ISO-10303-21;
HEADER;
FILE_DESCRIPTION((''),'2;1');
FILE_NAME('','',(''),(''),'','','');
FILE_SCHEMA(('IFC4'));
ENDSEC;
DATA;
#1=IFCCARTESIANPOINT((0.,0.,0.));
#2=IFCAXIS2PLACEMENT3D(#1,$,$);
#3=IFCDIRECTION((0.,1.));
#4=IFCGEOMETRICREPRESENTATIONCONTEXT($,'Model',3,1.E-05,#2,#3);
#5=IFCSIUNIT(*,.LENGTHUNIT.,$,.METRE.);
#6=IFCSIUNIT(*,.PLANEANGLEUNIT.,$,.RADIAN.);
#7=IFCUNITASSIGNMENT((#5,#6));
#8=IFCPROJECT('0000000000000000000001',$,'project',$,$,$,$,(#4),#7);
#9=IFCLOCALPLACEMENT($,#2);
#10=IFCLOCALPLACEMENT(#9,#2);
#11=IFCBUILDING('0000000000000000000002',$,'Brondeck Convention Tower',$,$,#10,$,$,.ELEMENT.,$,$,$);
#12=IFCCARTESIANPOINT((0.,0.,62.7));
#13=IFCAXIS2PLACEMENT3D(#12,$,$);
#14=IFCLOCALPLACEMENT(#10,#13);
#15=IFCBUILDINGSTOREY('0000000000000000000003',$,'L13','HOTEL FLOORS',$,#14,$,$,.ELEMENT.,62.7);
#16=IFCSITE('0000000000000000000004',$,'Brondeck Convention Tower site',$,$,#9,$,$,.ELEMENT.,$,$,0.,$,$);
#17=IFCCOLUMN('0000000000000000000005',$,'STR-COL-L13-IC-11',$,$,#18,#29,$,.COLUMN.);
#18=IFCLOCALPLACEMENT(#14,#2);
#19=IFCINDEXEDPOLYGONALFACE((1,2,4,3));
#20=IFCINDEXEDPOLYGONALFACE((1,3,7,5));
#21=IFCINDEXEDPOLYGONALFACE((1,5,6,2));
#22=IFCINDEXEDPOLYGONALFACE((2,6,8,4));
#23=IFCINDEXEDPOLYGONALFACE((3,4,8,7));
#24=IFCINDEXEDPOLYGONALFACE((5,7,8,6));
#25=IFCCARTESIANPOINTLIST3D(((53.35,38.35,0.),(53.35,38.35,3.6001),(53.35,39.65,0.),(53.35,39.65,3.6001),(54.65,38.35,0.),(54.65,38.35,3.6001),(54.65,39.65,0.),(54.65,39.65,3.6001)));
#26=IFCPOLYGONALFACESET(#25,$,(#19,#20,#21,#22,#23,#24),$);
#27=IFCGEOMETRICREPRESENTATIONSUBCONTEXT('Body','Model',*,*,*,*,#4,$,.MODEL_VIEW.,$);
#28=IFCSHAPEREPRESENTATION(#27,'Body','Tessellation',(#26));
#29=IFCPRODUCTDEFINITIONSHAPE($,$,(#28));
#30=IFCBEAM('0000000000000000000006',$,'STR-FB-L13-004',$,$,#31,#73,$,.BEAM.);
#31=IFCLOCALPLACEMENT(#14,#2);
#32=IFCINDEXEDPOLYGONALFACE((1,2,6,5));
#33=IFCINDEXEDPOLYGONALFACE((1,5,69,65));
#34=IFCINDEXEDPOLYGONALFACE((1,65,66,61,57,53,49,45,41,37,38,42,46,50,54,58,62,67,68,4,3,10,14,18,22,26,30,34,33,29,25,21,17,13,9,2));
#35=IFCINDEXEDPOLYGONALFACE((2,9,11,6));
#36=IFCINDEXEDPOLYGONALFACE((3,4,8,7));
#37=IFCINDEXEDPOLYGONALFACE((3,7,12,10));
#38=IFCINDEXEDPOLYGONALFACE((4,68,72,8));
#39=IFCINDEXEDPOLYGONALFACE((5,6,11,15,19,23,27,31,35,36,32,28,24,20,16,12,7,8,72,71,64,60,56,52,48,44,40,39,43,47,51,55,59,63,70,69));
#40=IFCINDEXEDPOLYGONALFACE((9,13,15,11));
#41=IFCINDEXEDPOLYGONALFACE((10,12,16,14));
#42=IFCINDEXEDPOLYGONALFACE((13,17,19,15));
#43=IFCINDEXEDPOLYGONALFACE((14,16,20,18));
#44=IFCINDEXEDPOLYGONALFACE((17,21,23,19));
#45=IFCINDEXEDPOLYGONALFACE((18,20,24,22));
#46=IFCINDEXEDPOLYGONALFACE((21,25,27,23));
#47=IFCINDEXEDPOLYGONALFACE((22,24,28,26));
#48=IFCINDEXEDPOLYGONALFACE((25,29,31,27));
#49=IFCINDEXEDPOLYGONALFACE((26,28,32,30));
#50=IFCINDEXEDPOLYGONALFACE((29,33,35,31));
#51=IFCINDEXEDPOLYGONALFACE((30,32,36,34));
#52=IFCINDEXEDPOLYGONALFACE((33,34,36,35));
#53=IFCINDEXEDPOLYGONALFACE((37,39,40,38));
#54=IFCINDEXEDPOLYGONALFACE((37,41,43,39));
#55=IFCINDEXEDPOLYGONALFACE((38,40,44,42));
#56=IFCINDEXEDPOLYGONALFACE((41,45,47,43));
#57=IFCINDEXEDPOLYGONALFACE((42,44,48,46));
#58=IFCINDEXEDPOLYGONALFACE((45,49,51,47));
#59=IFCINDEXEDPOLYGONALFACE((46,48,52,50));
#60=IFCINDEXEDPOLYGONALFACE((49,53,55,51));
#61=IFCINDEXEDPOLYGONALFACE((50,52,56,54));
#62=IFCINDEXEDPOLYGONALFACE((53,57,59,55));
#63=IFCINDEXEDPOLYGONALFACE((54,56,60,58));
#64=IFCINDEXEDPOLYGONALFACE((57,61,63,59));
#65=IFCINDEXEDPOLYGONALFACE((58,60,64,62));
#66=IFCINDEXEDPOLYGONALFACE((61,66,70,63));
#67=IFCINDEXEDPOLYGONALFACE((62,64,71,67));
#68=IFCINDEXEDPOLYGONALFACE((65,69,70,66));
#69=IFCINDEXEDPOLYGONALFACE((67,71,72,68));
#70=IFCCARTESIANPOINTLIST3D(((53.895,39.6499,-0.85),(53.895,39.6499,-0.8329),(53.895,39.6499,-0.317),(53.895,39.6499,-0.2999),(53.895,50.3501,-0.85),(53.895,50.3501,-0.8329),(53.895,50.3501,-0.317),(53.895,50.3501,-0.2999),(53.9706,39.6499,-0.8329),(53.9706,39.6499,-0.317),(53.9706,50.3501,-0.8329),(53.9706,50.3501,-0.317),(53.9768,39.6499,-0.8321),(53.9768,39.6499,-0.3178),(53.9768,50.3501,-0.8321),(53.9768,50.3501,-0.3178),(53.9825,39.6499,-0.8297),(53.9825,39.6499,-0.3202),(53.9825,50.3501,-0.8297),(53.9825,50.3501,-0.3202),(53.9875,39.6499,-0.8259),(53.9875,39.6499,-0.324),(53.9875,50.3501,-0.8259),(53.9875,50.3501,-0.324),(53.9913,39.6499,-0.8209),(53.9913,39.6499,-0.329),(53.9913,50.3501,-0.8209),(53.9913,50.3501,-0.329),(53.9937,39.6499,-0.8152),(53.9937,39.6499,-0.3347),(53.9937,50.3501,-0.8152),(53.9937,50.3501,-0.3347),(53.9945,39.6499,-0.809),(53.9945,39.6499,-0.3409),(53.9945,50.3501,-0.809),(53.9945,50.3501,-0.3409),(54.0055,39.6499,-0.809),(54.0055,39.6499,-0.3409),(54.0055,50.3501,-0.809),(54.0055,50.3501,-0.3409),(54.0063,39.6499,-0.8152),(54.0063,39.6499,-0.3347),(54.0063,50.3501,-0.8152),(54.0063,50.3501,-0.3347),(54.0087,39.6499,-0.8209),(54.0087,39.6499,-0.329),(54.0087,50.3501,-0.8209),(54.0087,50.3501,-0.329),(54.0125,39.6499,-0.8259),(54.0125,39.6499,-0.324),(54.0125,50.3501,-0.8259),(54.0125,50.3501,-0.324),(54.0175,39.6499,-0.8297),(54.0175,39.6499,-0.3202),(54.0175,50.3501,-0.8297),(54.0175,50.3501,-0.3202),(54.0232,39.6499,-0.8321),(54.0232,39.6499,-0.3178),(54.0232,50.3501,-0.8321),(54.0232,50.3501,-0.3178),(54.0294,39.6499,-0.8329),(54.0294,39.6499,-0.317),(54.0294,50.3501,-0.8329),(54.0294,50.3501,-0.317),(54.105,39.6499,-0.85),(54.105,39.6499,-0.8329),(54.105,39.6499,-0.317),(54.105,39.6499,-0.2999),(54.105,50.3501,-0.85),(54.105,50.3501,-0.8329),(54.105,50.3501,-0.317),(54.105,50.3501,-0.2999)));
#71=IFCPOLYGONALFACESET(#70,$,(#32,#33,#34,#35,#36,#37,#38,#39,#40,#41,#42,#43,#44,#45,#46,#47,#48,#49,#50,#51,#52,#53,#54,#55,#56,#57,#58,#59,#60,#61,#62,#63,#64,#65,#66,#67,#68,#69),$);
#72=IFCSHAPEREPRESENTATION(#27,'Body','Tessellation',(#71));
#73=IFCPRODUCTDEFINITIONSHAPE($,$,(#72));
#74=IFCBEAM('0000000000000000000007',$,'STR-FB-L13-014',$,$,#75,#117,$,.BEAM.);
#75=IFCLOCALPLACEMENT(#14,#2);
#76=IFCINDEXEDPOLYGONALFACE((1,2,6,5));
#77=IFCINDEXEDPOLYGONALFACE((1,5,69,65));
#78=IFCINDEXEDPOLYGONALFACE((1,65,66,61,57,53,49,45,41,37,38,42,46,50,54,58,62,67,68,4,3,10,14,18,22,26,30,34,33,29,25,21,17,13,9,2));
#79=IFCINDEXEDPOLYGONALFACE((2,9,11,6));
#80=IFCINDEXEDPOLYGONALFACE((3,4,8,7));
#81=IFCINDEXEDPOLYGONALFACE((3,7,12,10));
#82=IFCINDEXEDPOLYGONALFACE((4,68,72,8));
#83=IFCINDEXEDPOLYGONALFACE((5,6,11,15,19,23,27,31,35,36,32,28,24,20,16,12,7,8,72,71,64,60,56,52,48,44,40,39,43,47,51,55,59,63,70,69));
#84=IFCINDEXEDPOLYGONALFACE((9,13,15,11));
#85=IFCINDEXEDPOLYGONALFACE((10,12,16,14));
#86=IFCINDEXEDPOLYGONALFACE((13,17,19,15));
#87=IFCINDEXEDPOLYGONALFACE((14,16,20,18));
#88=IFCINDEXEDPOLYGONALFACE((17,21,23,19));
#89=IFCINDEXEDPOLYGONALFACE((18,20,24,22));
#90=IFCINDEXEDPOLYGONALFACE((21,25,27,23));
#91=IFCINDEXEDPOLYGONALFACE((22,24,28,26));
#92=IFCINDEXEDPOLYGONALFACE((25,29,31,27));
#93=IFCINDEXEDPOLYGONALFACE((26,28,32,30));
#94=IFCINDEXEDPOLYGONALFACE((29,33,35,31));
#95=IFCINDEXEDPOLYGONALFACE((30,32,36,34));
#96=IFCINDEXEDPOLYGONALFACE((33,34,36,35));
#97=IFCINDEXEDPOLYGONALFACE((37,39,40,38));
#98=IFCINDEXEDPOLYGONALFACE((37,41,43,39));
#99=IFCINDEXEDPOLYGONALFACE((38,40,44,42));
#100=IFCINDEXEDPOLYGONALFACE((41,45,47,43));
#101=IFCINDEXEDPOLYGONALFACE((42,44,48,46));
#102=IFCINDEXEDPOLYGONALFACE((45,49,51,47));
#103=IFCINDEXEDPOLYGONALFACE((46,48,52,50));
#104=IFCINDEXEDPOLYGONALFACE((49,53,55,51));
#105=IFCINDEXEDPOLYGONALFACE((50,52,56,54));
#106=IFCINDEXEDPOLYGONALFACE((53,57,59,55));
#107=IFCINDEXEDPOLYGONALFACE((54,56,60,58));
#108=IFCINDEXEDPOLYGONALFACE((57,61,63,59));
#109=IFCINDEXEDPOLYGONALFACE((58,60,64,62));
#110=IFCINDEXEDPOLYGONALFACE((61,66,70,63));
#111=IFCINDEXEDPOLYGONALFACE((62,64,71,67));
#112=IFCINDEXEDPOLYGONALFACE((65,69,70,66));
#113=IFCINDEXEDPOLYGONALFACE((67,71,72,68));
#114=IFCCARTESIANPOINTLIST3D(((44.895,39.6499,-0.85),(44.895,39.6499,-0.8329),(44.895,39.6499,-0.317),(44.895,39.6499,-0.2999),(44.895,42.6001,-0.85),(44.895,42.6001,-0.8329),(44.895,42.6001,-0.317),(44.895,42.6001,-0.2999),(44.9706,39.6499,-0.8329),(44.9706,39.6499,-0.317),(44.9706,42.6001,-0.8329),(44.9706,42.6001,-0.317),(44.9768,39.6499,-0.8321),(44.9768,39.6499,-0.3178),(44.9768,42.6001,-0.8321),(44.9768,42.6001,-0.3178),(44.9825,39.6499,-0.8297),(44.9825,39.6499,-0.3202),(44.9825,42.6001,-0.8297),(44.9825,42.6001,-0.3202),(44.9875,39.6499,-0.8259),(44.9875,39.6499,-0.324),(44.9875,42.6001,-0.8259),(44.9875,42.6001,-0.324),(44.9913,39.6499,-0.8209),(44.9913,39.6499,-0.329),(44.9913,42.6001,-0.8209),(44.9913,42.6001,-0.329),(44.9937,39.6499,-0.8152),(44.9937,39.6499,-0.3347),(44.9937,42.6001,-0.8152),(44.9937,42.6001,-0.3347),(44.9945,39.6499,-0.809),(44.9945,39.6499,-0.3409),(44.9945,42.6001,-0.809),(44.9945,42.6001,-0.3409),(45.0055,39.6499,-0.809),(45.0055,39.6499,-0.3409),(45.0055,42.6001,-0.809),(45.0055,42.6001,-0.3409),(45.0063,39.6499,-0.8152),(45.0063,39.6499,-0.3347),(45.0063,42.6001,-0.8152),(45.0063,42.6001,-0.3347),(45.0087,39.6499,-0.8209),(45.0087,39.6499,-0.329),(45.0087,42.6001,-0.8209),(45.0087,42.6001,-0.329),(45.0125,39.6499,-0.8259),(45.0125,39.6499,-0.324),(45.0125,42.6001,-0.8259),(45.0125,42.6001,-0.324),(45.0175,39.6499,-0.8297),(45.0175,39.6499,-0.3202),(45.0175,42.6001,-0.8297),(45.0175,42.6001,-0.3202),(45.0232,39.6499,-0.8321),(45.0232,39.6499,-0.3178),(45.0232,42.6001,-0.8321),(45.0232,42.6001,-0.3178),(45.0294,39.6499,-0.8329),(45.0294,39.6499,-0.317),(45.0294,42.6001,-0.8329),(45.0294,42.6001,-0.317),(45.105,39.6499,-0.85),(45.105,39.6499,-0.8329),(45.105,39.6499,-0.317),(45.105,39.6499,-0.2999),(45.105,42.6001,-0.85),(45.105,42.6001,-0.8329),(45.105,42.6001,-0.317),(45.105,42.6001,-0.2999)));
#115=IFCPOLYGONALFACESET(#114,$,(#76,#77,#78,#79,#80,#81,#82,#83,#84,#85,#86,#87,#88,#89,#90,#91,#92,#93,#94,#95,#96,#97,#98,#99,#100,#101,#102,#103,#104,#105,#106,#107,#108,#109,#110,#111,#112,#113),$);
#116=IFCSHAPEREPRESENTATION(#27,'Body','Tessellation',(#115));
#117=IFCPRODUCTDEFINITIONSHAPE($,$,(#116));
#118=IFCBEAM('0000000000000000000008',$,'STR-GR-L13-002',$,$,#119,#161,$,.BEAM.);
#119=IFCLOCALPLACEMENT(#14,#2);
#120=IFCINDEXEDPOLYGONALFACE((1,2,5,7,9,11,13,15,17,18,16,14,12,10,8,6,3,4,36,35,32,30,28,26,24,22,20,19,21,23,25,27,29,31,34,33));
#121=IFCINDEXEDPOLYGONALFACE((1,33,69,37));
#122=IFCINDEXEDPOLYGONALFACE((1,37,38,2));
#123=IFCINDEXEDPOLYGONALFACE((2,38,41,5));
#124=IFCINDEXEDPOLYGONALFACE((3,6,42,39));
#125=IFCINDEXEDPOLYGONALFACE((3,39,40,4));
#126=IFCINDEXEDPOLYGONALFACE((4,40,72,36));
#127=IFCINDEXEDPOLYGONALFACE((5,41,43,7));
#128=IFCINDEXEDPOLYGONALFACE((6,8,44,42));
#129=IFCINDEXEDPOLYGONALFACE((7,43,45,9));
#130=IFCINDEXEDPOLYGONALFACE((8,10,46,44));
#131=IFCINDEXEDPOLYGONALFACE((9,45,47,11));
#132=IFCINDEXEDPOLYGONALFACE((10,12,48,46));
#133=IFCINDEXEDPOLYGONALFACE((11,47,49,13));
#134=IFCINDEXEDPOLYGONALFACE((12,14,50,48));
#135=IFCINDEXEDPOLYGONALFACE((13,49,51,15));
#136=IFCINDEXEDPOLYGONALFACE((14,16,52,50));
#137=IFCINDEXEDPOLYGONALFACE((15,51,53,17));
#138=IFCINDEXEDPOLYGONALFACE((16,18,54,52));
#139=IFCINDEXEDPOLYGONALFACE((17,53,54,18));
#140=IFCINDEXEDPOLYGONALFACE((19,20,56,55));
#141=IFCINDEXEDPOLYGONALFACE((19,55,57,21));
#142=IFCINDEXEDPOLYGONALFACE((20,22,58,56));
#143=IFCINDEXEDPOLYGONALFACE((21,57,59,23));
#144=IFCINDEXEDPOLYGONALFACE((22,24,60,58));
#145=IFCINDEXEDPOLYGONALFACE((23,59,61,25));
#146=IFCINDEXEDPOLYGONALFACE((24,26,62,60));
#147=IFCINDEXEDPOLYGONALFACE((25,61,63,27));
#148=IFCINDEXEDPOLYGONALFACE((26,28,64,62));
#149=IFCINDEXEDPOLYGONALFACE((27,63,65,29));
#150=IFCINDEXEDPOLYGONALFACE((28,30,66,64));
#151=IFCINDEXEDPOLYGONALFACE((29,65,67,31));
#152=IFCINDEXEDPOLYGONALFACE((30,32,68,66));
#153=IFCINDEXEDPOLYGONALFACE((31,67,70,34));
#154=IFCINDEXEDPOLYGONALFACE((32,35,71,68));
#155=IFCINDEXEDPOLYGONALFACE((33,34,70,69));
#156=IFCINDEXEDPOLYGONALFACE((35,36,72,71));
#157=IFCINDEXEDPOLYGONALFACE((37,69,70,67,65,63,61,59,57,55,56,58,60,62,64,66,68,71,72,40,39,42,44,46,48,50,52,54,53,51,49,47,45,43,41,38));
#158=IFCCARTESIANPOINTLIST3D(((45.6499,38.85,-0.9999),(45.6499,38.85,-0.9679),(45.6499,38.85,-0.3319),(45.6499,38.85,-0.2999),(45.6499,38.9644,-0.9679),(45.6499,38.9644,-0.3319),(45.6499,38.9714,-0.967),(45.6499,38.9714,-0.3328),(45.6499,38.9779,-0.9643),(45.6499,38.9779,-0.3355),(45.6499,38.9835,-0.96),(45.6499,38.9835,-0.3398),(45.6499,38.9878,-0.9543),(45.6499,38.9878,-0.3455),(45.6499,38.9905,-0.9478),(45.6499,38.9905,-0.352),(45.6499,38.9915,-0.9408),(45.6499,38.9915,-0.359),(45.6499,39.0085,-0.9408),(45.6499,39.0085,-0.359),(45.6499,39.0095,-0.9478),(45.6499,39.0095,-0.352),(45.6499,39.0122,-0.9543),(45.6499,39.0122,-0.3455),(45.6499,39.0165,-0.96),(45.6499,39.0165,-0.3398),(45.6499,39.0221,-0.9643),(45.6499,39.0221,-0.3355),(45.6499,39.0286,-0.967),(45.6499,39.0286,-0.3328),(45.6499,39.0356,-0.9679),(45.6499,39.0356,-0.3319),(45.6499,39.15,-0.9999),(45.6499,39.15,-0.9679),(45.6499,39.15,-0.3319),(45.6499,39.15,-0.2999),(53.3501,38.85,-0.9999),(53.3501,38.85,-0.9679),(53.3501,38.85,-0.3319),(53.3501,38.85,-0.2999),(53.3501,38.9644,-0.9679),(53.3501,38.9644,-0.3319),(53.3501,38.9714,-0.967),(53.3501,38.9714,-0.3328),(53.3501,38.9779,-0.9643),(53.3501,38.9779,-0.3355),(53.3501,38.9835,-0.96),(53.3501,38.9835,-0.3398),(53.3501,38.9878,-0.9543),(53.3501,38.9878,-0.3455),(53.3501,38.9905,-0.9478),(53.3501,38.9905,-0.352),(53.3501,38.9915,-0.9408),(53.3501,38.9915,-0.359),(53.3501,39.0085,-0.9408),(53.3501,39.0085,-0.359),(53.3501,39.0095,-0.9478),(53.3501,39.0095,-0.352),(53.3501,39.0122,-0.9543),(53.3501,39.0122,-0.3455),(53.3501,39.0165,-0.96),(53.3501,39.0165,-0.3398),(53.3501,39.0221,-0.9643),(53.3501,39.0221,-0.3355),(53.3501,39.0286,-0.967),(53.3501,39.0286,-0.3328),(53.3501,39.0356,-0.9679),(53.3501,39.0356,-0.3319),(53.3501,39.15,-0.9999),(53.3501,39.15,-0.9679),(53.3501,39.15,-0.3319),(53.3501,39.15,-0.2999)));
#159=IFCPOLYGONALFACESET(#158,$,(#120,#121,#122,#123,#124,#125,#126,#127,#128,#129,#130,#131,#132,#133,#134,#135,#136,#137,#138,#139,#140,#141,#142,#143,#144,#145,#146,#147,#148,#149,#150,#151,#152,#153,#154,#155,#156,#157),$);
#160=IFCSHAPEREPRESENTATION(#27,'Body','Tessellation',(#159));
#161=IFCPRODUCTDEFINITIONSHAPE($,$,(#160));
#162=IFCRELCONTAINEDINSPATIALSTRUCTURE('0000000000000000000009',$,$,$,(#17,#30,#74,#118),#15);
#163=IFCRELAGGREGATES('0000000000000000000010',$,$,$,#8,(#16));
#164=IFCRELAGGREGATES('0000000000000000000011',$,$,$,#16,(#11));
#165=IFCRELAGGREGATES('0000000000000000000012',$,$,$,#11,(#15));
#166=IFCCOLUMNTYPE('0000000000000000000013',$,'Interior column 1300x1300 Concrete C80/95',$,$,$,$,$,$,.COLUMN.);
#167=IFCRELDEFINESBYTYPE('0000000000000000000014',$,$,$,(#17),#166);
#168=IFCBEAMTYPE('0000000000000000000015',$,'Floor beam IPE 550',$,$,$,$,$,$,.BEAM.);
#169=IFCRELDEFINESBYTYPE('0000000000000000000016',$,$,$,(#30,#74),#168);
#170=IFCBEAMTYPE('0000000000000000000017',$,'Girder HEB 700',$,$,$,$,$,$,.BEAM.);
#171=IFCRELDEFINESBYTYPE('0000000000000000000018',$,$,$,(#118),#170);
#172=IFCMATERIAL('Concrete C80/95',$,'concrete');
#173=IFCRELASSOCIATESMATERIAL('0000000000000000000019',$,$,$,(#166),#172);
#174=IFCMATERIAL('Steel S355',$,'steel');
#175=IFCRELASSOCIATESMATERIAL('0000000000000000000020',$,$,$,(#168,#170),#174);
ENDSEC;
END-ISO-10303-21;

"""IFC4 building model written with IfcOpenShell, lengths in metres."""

from ifc_helpers import new_model, si_unit, direction, frame, origin, origin_2d, place, context, subcontext, project, spatial, rectangle, i_section, extrude, material, material_profile, profile_set, type_object, element, save


model = new_model("IFC4")

# Units and contexts
model_context = context("Model", 3, precision=1e-05, world=origin(), true_north=direction((0.0, 1.0)))
body_context = subcontext(model_context, "Body", "Model", "MODEL_VIEW")
ifc_project = project(units=[si_unit("LENGTHUNIT", "METRE"), si_unit("PLANEANGLEUNIT", "RADIAN")], contexts=[model_context])

# Site, building, storey
site_placement = place(None, origin())
site = spatial("IfcSite", under=ifc_project, at=site_placement, Name="Brondeck Convention Tower site", CompositionType="ELEMENT", RefElevation=0.0)
building_placement = place(site_placement, origin())
building = spatial("IfcBuilding", under=site, at=building_placement, Name="Brondeck Convention Tower", CompositionType="ELEMENT")
storey_placement = place(building_placement, frame((0.0, 0.0, 62.7)))
storey = spatial("IfcBuildingStorey", under=building, at=storey_placement, Name="L13", Description="HOTEL FLOORS", CompositionType="ELEMENT", Elevation=62.7)

# Column
ifc_material_1 = material(Name="Concrete C80/95", Category="concrete")
ifc_material_profile_1 = material_profile(ifc_material_1, rectangle(XDim=1.3, YDim=1.3, at=origin_2d()), Name="Interior column 1300x1300 Concrete C80/95")
ifc_profile_set_1 = profile_set([ifc_material_profile_1], Name="Concrete C80/95")
column_type = type_object("IfcColumnType", Name="Interior column 1300x1300 Concrete C80/95", PredefinedType="COLUMN", material=ifc_profile_set_1)
column_placement = place(storey_placement, frame((54.0, 39.0, 0.0), z_axis=(0.0, 0.0, 1.0), x_axis=(1.0, 0.0, 0.0)))
element("IfcColumn", 1, at=column_placement, inside=storey, type_object=column_type, Name="STR-COL-L13-IC-11", PredefinedType="COLUMN", context=body_context, shape_type="SweptSolid", body=[
    extrude(rectangle(XDim=1.3, YDim=1.3, at=origin_2d()), origin(), (0.0, 0.0, 1.0), 3.6001),
])

# Beams
ifc_material_2 = material(Name="Steel S355", Category="steel")
ifc_material_profile_2 = material_profile(ifc_material_2, i_section(OverallWidth=0.21, OverallDepth=0.55, WebThickness=0.011, FlangeThickness=0.0171, FilletRadius=0.0239, at=origin_2d()), Name="IPE 550")
ifc_profile_set_2 = profile_set([ifc_material_profile_2], Name="Steel S355")
beam_type_1 = type_object("IfcBeamType", Name="Floor beam IPE 550", PredefinedType="BEAM", material=ifc_profile_set_2)
beam_1_placement = place(storey_placement, frame((54.0, 39.6499, -0.575), z_axis=(0.0, 1.0, 0.0), x_axis=(-1.0, 0.0, 0.0)))
element("IfcBeam", 2, at=beam_1_placement, inside=storey, type_object=beam_type_1, Name="STR-FB-L13-004", PredefinedType="BEAM", context=body_context, shape_type="SweptSolid", body=[
    extrude(i_section(OverallWidth=0.21, OverallDepth=0.55, WebThickness=0.011, FlangeThickness=0.0171, FilletRadius=0.0239, at=origin_2d()), origin(), (0.0, 0.0, 1.0), 10.7002),
])
beam_2_placement = place(storey_placement, frame((45.0, 39.6499, -0.575), z_axis=(0.0, 1.0, 0.0), x_axis=(-1.0, 0.0, 0.0)))
element("IfcBeam", 3, at=beam_2_placement, inside=storey, type_object=beam_type_1, Name="STR-FB-L13-014", PredefinedType="BEAM", context=body_context, shape_type="SweptSolid", body=[
    extrude(i_section(OverallWidth=0.21, OverallDepth=0.55, WebThickness=0.011, FlangeThickness=0.0171, FilletRadius=0.0239, at=origin_2d()), origin(), (0.0, 0.0, 1.0), 2.9502),
])
ifc_material_profile_3 = material_profile(ifc_material_2, i_section(OverallWidth=0.3, OverallDepth=0.7, WebThickness=0.0171, FlangeThickness=0.032, FilletRadius=0.0271, at=origin_2d()), Name="HEB 700")
ifc_profile_set_3 = profile_set([ifc_material_profile_3], Name="Steel S355")
beam_type_2 = type_object("IfcBeamType", Name="Girder HEB 700", PredefinedType="BEAM", material=ifc_profile_set_3)
for number, where, z_axis, x_axis, name in (
    (4, (45.6499, 39.0, -0.6499), (1.0, 0.0, 0.0), (0.0, 1.0, 0.0), "STR-GR-L13-002"),
):
    element("IfcBeam", number, at=place(storey_placement, frame(where, z_axis=z_axis, x_axis=x_axis)), inside=storey, type_object=beam_type_2, Name=name, PredefinedType="BEAM", context=body_context, shape_type="SweptSolid", body=[
        extrude(i_section(OverallWidth=0.3, OverallDepth=0.7, WebThickness=0.0171, FlangeThickness=0.032, FilletRadius=0.0271, at=origin_2d()), origin(), (0.0, 0.0, 1.0), 7.7002),
    ])

save(model, "model.ifc")
